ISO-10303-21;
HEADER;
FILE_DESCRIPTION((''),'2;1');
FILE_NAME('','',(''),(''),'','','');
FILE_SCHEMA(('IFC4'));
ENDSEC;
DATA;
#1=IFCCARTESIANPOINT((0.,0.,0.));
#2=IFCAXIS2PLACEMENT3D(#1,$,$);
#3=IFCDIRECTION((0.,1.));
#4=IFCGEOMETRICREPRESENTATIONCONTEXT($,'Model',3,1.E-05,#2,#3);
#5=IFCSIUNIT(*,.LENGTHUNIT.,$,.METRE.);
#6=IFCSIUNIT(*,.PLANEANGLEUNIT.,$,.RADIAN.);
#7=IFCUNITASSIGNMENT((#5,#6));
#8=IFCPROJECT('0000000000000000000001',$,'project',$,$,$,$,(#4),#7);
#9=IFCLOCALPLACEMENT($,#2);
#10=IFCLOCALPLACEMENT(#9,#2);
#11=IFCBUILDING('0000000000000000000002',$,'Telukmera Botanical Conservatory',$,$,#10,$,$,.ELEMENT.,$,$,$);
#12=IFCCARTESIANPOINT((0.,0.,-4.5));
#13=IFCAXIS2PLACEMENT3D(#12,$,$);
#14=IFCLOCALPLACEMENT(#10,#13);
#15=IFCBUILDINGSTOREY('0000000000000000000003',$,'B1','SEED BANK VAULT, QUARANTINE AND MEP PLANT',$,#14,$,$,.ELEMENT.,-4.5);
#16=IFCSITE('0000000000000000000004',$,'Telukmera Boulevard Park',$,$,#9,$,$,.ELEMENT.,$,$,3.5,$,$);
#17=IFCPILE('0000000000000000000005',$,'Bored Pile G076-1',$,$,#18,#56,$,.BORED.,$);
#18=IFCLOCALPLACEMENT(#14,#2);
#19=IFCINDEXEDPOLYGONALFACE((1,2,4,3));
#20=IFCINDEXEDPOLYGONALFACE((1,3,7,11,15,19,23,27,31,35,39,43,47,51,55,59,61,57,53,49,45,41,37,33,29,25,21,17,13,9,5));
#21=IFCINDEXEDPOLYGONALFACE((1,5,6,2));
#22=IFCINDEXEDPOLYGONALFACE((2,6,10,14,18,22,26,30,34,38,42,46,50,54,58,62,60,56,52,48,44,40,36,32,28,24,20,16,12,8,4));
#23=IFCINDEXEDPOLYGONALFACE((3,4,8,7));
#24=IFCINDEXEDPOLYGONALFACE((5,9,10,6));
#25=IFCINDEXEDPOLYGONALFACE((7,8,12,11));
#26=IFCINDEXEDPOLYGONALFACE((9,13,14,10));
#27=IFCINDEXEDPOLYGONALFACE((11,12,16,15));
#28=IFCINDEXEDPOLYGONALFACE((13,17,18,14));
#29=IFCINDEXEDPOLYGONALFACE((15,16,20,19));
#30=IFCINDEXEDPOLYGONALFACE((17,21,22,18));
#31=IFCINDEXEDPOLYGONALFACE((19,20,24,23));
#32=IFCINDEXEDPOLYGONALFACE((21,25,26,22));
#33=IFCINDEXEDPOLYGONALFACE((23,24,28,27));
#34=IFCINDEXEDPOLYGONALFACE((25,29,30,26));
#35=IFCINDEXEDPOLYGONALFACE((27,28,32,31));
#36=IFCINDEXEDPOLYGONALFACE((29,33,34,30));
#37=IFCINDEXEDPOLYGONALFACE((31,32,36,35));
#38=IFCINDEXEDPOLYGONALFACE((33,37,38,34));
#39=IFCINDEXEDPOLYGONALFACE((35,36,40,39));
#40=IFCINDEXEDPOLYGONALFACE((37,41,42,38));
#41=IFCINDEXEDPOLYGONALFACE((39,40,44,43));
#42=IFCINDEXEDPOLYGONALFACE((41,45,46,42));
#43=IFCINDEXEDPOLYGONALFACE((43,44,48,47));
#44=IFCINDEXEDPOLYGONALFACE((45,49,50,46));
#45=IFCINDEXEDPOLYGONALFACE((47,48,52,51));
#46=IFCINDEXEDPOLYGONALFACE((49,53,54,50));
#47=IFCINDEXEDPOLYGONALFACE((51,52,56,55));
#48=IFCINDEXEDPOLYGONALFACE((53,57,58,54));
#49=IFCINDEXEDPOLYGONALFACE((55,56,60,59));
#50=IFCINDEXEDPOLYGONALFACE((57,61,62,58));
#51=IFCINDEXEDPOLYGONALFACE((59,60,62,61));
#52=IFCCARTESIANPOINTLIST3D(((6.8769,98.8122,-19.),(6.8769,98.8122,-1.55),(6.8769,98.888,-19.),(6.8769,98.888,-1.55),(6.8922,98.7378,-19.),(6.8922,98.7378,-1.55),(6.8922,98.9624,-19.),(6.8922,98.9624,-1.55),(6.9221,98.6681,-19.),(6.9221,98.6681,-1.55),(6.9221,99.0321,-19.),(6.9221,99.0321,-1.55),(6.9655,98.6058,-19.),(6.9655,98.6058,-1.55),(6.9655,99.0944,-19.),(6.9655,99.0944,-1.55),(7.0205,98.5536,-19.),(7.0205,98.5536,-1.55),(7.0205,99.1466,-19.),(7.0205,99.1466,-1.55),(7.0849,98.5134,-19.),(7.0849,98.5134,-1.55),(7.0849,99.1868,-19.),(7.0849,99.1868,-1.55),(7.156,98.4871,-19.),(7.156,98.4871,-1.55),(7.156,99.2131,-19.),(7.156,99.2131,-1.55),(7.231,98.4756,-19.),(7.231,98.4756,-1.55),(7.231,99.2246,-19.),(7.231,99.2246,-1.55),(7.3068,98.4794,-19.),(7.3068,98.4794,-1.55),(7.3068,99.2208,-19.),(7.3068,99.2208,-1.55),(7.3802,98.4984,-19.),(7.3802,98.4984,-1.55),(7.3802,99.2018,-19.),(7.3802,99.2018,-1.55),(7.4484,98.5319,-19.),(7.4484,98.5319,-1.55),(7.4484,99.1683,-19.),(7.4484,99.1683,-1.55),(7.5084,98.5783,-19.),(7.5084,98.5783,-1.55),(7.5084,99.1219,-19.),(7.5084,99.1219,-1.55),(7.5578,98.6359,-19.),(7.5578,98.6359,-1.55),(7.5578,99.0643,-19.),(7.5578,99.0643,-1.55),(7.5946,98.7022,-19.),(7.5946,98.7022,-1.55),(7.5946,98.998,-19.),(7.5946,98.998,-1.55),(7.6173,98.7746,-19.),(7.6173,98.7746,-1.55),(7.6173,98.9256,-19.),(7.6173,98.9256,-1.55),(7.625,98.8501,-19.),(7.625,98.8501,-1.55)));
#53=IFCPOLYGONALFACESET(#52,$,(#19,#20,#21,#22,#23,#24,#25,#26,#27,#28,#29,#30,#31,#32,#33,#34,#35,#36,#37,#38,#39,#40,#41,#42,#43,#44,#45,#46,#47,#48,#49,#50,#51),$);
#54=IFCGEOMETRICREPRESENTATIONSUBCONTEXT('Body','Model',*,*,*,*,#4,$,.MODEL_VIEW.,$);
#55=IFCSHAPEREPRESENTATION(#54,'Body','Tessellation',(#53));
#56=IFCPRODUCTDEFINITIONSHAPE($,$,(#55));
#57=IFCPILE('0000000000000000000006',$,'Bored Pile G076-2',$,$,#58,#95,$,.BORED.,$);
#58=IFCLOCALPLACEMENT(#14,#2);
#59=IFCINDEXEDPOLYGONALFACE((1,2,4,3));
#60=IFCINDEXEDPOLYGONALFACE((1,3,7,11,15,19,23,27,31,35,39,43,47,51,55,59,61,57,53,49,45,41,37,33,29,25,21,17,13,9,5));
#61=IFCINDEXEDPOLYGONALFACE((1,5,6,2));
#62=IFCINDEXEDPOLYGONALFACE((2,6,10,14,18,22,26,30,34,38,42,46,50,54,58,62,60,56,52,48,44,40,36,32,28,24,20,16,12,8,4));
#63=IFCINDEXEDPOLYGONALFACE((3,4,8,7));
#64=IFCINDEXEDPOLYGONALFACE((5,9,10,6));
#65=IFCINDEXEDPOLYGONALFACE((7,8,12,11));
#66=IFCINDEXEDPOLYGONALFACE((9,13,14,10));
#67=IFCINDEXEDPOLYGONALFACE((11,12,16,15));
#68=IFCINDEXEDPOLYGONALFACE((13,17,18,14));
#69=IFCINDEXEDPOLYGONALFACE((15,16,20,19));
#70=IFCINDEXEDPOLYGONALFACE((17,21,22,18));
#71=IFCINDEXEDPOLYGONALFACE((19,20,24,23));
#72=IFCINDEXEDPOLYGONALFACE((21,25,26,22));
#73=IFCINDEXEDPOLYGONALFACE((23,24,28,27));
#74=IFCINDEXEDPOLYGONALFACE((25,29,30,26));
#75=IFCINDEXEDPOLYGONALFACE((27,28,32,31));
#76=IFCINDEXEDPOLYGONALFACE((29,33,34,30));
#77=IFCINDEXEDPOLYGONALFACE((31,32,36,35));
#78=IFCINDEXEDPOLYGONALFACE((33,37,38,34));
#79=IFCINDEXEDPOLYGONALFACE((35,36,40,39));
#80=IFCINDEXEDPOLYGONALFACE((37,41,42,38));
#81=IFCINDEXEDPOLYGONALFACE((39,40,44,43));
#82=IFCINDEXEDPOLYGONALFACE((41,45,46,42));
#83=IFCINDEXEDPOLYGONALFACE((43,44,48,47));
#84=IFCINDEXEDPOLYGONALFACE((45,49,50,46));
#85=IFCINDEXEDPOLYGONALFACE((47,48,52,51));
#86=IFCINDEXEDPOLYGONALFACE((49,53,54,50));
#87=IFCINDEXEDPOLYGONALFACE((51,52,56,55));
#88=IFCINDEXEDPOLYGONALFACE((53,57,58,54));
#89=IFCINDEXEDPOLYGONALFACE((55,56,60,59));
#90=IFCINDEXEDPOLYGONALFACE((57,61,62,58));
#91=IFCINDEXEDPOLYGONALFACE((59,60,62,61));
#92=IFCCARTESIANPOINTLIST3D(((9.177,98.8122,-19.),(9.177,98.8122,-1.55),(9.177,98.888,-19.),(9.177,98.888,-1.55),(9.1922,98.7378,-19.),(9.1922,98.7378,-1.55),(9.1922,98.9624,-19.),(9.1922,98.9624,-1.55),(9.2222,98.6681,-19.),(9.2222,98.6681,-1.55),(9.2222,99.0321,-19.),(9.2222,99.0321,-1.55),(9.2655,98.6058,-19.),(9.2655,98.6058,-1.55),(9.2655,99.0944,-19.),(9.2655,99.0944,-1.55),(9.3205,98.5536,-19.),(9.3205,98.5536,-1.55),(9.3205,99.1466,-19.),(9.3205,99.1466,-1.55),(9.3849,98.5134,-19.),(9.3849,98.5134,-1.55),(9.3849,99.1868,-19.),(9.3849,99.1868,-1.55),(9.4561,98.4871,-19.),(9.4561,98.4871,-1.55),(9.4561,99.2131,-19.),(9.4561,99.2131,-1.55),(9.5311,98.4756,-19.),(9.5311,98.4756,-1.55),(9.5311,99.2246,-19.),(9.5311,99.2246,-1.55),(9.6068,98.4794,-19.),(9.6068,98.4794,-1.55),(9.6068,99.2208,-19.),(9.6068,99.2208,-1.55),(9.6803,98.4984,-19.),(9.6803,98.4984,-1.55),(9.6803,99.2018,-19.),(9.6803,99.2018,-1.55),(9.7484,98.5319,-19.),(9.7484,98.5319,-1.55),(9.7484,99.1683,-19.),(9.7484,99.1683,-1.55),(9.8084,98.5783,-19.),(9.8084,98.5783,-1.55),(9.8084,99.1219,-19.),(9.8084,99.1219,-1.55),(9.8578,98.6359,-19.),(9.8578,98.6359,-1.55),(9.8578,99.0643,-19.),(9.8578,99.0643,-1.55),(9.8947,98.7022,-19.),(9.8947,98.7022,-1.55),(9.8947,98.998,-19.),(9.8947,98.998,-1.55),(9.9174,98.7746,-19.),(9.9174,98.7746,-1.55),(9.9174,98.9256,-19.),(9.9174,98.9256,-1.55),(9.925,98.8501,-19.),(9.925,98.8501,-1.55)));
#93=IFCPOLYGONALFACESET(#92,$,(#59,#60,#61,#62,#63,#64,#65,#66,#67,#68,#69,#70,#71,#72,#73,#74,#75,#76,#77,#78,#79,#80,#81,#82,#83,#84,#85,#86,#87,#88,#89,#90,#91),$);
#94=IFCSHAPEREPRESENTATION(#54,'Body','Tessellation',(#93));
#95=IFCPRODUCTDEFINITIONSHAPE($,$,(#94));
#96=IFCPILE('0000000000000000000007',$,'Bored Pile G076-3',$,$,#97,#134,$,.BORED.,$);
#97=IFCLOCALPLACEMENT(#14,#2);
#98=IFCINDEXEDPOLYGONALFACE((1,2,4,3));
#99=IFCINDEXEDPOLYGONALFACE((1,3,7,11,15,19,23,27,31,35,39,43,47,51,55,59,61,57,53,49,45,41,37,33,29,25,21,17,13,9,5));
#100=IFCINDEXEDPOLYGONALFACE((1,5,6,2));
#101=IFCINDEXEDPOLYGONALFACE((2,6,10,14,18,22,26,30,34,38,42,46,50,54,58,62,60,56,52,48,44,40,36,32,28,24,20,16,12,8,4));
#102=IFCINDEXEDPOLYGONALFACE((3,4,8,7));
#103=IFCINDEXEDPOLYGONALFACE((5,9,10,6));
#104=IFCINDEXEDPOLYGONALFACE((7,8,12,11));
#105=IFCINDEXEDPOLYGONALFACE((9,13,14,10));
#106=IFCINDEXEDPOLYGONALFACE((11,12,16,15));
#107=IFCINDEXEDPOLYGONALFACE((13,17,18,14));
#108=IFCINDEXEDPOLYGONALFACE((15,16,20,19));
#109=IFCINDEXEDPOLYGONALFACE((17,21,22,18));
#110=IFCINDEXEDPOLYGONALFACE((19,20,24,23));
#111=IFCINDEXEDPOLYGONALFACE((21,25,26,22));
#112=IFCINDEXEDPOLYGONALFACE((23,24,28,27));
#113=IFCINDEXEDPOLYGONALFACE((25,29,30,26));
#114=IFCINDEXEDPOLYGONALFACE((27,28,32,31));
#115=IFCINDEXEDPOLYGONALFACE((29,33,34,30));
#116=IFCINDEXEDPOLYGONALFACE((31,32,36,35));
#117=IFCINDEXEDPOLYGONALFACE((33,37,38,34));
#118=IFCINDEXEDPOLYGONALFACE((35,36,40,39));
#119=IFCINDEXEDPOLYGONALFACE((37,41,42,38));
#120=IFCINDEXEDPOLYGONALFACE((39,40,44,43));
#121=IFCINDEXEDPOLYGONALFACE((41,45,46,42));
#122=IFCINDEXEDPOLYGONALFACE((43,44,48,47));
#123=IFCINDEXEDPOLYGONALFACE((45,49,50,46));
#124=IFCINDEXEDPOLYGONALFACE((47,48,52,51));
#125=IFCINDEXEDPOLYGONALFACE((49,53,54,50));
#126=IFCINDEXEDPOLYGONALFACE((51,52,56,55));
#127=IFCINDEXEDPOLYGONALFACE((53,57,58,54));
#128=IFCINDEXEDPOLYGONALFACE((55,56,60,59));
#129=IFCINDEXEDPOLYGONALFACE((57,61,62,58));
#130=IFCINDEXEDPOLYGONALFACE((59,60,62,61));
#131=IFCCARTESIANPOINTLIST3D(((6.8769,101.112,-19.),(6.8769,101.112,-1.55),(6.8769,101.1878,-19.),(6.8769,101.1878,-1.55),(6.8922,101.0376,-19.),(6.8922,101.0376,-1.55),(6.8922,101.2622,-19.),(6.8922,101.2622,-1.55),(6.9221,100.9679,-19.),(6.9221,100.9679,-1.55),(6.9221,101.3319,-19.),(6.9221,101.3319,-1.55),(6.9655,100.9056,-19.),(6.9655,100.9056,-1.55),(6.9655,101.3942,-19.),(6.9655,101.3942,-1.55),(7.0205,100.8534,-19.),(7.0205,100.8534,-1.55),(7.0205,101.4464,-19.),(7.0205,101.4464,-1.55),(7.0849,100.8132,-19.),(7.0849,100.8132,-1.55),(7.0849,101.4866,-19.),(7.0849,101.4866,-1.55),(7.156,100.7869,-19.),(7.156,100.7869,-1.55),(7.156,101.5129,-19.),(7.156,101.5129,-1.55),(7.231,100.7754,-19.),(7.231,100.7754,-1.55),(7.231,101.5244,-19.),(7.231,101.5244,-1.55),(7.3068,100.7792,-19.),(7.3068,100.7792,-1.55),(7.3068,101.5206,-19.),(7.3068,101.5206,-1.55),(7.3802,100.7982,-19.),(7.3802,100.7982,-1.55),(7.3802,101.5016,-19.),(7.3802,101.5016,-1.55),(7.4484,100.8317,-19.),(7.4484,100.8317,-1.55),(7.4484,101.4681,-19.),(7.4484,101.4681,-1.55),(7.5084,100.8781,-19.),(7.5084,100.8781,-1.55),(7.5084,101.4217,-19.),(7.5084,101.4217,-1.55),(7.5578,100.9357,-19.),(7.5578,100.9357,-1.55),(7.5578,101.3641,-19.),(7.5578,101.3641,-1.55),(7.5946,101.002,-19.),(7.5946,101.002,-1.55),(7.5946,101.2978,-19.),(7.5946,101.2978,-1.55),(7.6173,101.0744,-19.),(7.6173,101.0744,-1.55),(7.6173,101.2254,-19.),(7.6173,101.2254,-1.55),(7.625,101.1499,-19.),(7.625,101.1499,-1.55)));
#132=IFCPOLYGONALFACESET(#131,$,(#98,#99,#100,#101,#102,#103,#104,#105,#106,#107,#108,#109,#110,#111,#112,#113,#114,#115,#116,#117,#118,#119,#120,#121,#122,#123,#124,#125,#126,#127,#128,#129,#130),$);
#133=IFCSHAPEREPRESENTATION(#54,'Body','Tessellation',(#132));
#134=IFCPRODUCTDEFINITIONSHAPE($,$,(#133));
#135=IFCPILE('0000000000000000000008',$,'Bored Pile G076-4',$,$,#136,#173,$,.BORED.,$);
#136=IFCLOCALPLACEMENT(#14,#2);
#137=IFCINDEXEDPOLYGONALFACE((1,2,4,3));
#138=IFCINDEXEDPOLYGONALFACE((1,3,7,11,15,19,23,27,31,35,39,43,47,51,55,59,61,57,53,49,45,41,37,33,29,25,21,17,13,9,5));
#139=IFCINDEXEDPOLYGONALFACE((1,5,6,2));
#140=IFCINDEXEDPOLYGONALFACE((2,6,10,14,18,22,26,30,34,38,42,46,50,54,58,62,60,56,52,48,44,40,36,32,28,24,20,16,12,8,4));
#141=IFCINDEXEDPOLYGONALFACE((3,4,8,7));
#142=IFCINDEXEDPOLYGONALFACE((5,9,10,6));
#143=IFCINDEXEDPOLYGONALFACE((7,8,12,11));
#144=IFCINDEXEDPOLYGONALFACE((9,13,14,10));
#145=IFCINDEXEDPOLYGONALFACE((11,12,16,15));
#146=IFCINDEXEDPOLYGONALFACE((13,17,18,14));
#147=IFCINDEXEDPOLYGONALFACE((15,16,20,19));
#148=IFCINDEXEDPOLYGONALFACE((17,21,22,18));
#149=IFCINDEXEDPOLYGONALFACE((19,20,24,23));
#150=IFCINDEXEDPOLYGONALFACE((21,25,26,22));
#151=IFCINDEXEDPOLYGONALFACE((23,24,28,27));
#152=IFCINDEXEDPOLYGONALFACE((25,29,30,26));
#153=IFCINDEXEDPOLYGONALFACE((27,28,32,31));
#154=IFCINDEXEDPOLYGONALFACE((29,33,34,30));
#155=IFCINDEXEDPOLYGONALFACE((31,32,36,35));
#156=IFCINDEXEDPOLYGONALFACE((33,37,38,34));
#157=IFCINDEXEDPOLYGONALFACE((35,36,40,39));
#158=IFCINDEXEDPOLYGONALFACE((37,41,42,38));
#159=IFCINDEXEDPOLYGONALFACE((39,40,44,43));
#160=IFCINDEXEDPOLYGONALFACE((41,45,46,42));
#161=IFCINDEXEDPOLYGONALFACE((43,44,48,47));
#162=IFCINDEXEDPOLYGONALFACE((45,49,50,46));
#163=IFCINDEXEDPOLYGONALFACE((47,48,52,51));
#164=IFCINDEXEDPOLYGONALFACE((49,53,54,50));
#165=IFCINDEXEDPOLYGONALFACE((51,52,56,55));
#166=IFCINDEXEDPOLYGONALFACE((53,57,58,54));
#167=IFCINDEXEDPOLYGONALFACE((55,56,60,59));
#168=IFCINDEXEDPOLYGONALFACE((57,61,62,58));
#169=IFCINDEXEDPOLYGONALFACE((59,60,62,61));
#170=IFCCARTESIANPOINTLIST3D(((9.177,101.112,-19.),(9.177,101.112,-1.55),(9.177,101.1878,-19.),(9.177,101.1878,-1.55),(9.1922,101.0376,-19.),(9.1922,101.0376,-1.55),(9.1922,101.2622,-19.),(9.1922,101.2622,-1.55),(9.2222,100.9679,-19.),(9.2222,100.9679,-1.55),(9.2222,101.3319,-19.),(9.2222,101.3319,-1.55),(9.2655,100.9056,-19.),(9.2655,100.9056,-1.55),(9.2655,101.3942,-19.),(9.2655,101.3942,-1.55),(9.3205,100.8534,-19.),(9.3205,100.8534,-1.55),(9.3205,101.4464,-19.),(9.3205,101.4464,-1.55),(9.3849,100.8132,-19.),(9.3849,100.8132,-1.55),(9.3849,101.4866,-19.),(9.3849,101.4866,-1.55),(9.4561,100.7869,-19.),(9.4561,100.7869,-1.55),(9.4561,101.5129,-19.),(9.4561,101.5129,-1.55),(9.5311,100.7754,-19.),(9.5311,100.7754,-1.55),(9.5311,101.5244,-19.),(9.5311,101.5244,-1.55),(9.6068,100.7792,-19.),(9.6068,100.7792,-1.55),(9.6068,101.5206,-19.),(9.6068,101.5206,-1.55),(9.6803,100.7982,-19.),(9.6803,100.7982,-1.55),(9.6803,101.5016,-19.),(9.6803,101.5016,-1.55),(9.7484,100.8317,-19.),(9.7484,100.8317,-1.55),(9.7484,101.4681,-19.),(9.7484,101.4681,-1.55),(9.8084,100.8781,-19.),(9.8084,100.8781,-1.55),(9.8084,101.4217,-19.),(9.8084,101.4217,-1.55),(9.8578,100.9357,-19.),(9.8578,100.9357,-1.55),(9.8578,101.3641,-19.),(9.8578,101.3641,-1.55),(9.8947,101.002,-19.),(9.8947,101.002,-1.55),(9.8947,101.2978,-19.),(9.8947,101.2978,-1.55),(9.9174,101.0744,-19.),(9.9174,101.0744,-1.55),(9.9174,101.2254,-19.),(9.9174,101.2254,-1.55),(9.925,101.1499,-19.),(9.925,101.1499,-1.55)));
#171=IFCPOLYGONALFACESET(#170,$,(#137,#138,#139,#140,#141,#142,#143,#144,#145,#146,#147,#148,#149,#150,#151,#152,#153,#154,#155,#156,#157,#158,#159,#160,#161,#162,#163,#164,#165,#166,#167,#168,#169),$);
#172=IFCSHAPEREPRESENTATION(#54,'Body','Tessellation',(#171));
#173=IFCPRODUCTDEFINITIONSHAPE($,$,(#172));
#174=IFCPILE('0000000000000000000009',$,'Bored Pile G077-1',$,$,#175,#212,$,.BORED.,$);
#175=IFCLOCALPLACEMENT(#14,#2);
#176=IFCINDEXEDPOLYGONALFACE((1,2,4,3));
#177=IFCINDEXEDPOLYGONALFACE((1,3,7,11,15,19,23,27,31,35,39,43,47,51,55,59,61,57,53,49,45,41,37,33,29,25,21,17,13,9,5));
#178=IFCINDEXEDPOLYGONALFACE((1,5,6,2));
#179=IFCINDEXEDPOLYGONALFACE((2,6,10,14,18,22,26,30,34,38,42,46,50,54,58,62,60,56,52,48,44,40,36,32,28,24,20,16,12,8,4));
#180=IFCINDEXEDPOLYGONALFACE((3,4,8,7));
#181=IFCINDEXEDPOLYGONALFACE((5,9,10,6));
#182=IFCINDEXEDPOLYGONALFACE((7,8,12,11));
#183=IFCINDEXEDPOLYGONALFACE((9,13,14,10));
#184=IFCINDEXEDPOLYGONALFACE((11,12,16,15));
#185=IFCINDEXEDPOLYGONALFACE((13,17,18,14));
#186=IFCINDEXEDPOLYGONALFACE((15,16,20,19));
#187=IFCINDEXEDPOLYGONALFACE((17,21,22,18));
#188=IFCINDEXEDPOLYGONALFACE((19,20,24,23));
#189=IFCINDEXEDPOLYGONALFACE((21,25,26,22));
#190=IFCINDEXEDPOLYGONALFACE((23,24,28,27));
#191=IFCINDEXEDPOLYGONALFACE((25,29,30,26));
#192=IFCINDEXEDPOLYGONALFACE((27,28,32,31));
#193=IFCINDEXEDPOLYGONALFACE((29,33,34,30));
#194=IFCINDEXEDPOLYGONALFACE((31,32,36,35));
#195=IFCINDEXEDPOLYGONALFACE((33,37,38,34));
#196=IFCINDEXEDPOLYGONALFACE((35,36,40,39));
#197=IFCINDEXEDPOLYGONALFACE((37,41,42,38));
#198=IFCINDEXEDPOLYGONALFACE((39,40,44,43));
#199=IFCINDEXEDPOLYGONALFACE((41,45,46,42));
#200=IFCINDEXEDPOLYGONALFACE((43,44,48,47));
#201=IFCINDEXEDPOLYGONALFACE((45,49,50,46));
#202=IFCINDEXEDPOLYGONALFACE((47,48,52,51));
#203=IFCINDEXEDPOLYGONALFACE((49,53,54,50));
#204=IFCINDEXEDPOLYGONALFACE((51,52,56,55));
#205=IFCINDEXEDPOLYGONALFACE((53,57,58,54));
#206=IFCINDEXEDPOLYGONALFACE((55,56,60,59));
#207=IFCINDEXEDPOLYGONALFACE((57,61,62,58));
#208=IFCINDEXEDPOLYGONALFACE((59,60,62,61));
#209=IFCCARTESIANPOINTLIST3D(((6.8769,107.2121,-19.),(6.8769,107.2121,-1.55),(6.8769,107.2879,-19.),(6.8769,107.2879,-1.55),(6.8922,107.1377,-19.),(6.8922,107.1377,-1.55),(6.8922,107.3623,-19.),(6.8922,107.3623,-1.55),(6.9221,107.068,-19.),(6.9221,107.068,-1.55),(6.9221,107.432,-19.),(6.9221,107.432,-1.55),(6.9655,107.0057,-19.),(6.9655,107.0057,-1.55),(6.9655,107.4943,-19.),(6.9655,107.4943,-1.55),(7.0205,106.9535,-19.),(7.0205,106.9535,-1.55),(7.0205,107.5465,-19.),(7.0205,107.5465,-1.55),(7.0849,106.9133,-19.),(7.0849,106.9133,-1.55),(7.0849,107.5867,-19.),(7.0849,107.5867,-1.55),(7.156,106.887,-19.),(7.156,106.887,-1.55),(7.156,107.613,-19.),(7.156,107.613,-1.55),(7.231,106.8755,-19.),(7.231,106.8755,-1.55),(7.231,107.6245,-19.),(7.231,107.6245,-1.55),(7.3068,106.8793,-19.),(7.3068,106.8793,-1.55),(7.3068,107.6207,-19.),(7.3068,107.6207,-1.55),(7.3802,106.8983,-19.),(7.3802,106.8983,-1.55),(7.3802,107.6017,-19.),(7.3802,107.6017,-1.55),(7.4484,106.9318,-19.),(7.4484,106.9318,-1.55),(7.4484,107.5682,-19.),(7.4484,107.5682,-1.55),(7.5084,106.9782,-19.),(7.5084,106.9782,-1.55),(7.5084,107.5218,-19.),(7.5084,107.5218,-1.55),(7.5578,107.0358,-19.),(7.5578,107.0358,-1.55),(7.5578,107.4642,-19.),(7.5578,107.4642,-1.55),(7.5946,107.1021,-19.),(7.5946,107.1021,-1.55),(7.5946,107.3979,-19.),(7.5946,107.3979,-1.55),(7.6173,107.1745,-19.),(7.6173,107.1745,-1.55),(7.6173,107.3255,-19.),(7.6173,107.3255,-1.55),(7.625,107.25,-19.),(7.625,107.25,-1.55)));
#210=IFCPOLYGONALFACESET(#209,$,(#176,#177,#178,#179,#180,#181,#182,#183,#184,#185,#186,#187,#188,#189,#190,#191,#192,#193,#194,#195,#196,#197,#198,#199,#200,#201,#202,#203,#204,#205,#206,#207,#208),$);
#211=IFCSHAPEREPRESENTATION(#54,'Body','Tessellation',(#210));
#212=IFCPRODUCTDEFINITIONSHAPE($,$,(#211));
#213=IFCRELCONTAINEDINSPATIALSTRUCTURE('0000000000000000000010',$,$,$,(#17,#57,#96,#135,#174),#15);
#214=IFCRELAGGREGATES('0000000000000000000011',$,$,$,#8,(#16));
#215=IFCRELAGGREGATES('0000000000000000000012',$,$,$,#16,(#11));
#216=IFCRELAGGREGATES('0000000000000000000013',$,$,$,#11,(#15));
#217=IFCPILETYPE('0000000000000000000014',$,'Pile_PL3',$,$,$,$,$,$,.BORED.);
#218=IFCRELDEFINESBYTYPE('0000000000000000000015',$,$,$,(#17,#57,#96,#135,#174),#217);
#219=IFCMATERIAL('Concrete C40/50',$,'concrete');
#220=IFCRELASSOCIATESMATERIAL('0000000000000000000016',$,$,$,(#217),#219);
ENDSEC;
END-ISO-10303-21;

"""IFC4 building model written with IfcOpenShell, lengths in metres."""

from ifc_helpers import new_model, si_unit, direction, frame, origin, origin_2d, place, context, subcontext, project, spatial, circle, extrude, material, material_profile, profile_set, type_object, element, save


model = new_model("IFC4")

# Units and contexts
model_context = context("Model", 3, precision=1e-05, world=origin(), true_north=direction((0.0, 1.0)))
body_context = subcontext(model_context, "Body", "Model", "MODEL_VIEW")
ifc_project = project(units=[si_unit("LENGTHUNIT", "METRE"), si_unit("PLANEANGLEUNIT", "RADIAN")], contexts=[model_context])

# Site, building, storey
site_placement = place(None, origin())
site = spatial("IfcSite", under=ifc_project, at=site_placement, Name="Telukmera Boulevard Park", CompositionType="ELEMENT", RefElevation=3.5)
building_placement = place(site_placement, origin())
building = spatial("IfcBuilding", under=site, at=building_placement, Name="Telukmera Botanical Conservatory", CompositionType="ELEMENT")
storey_placement = place(building_placement, frame((0.0, 0.0, -4.5)))
storey = spatial("IfcBuildingStorey", under=building, at=storey_placement, Name="B1", Description="SEED BANK VAULT, QUARANTINE AND MEP PLANT", CompositionType="ELEMENT", Elevation=-4.5)

# Shared definitions
ifc_material_1 = material(Name="Concrete C40/50", Category="concrete")

# Piles
ifc_material_profile_1 = material_profile(ifc_material_1, circle(Radius=0.375, at=origin_2d()), Name="PILE D750")
ifc_profile_set_1 = profile_set([ifc_material_profile_1], Name="Concrete C40/50")
pile_type = type_object("IfcPileType", Name="Pile_PL3", PredefinedType="BORED", material=ifc_profile_set_1)
for number, where, z_axis, x_axis, name in (
    (1, (7.25, 98.8501, -1.55), (0.0, 0.0, -1.0), (1.0, 0.0, 0.0), "Bored Pile G076-1"),
    (2, (9.55, 98.8501, -1.55), (0.0, 0.0, -1.0), (1.0, 0.0, 0.0), "Bored Pile G076-2"),
    (3, (7.25, 101.1499, -1.55), (0.0, 0.0, -1.0), (1.0, 0.0, 0.0), "Bored Pile G076-3"),
    (4, (9.55, 101.1499, -1.55), (0.0, 0.0, -1.0), (1.0, 0.0, 0.0), "Bored Pile G076-4"),
    (5, (7.25, 107.25, -1.55), (0.0, 0.0, -1.0), (1.0, 0.0, 0.0), "Bored Pile G077-1"),
):
    element("IfcPile", number, at=place(storey_placement, frame(where, z_axis=z_axis, x_axis=x_axis)), inside=storey, type_object=pile_type, Name=name, PredefinedType="BORED", context=body_context, shape_type="SweptSolid", body=[
        extrude(circle(Radius=0.375, at=origin_2d()), origin(), (0.0, 0.0, 1.0), 17.45),
    ])

save(model, "model.ifc")
